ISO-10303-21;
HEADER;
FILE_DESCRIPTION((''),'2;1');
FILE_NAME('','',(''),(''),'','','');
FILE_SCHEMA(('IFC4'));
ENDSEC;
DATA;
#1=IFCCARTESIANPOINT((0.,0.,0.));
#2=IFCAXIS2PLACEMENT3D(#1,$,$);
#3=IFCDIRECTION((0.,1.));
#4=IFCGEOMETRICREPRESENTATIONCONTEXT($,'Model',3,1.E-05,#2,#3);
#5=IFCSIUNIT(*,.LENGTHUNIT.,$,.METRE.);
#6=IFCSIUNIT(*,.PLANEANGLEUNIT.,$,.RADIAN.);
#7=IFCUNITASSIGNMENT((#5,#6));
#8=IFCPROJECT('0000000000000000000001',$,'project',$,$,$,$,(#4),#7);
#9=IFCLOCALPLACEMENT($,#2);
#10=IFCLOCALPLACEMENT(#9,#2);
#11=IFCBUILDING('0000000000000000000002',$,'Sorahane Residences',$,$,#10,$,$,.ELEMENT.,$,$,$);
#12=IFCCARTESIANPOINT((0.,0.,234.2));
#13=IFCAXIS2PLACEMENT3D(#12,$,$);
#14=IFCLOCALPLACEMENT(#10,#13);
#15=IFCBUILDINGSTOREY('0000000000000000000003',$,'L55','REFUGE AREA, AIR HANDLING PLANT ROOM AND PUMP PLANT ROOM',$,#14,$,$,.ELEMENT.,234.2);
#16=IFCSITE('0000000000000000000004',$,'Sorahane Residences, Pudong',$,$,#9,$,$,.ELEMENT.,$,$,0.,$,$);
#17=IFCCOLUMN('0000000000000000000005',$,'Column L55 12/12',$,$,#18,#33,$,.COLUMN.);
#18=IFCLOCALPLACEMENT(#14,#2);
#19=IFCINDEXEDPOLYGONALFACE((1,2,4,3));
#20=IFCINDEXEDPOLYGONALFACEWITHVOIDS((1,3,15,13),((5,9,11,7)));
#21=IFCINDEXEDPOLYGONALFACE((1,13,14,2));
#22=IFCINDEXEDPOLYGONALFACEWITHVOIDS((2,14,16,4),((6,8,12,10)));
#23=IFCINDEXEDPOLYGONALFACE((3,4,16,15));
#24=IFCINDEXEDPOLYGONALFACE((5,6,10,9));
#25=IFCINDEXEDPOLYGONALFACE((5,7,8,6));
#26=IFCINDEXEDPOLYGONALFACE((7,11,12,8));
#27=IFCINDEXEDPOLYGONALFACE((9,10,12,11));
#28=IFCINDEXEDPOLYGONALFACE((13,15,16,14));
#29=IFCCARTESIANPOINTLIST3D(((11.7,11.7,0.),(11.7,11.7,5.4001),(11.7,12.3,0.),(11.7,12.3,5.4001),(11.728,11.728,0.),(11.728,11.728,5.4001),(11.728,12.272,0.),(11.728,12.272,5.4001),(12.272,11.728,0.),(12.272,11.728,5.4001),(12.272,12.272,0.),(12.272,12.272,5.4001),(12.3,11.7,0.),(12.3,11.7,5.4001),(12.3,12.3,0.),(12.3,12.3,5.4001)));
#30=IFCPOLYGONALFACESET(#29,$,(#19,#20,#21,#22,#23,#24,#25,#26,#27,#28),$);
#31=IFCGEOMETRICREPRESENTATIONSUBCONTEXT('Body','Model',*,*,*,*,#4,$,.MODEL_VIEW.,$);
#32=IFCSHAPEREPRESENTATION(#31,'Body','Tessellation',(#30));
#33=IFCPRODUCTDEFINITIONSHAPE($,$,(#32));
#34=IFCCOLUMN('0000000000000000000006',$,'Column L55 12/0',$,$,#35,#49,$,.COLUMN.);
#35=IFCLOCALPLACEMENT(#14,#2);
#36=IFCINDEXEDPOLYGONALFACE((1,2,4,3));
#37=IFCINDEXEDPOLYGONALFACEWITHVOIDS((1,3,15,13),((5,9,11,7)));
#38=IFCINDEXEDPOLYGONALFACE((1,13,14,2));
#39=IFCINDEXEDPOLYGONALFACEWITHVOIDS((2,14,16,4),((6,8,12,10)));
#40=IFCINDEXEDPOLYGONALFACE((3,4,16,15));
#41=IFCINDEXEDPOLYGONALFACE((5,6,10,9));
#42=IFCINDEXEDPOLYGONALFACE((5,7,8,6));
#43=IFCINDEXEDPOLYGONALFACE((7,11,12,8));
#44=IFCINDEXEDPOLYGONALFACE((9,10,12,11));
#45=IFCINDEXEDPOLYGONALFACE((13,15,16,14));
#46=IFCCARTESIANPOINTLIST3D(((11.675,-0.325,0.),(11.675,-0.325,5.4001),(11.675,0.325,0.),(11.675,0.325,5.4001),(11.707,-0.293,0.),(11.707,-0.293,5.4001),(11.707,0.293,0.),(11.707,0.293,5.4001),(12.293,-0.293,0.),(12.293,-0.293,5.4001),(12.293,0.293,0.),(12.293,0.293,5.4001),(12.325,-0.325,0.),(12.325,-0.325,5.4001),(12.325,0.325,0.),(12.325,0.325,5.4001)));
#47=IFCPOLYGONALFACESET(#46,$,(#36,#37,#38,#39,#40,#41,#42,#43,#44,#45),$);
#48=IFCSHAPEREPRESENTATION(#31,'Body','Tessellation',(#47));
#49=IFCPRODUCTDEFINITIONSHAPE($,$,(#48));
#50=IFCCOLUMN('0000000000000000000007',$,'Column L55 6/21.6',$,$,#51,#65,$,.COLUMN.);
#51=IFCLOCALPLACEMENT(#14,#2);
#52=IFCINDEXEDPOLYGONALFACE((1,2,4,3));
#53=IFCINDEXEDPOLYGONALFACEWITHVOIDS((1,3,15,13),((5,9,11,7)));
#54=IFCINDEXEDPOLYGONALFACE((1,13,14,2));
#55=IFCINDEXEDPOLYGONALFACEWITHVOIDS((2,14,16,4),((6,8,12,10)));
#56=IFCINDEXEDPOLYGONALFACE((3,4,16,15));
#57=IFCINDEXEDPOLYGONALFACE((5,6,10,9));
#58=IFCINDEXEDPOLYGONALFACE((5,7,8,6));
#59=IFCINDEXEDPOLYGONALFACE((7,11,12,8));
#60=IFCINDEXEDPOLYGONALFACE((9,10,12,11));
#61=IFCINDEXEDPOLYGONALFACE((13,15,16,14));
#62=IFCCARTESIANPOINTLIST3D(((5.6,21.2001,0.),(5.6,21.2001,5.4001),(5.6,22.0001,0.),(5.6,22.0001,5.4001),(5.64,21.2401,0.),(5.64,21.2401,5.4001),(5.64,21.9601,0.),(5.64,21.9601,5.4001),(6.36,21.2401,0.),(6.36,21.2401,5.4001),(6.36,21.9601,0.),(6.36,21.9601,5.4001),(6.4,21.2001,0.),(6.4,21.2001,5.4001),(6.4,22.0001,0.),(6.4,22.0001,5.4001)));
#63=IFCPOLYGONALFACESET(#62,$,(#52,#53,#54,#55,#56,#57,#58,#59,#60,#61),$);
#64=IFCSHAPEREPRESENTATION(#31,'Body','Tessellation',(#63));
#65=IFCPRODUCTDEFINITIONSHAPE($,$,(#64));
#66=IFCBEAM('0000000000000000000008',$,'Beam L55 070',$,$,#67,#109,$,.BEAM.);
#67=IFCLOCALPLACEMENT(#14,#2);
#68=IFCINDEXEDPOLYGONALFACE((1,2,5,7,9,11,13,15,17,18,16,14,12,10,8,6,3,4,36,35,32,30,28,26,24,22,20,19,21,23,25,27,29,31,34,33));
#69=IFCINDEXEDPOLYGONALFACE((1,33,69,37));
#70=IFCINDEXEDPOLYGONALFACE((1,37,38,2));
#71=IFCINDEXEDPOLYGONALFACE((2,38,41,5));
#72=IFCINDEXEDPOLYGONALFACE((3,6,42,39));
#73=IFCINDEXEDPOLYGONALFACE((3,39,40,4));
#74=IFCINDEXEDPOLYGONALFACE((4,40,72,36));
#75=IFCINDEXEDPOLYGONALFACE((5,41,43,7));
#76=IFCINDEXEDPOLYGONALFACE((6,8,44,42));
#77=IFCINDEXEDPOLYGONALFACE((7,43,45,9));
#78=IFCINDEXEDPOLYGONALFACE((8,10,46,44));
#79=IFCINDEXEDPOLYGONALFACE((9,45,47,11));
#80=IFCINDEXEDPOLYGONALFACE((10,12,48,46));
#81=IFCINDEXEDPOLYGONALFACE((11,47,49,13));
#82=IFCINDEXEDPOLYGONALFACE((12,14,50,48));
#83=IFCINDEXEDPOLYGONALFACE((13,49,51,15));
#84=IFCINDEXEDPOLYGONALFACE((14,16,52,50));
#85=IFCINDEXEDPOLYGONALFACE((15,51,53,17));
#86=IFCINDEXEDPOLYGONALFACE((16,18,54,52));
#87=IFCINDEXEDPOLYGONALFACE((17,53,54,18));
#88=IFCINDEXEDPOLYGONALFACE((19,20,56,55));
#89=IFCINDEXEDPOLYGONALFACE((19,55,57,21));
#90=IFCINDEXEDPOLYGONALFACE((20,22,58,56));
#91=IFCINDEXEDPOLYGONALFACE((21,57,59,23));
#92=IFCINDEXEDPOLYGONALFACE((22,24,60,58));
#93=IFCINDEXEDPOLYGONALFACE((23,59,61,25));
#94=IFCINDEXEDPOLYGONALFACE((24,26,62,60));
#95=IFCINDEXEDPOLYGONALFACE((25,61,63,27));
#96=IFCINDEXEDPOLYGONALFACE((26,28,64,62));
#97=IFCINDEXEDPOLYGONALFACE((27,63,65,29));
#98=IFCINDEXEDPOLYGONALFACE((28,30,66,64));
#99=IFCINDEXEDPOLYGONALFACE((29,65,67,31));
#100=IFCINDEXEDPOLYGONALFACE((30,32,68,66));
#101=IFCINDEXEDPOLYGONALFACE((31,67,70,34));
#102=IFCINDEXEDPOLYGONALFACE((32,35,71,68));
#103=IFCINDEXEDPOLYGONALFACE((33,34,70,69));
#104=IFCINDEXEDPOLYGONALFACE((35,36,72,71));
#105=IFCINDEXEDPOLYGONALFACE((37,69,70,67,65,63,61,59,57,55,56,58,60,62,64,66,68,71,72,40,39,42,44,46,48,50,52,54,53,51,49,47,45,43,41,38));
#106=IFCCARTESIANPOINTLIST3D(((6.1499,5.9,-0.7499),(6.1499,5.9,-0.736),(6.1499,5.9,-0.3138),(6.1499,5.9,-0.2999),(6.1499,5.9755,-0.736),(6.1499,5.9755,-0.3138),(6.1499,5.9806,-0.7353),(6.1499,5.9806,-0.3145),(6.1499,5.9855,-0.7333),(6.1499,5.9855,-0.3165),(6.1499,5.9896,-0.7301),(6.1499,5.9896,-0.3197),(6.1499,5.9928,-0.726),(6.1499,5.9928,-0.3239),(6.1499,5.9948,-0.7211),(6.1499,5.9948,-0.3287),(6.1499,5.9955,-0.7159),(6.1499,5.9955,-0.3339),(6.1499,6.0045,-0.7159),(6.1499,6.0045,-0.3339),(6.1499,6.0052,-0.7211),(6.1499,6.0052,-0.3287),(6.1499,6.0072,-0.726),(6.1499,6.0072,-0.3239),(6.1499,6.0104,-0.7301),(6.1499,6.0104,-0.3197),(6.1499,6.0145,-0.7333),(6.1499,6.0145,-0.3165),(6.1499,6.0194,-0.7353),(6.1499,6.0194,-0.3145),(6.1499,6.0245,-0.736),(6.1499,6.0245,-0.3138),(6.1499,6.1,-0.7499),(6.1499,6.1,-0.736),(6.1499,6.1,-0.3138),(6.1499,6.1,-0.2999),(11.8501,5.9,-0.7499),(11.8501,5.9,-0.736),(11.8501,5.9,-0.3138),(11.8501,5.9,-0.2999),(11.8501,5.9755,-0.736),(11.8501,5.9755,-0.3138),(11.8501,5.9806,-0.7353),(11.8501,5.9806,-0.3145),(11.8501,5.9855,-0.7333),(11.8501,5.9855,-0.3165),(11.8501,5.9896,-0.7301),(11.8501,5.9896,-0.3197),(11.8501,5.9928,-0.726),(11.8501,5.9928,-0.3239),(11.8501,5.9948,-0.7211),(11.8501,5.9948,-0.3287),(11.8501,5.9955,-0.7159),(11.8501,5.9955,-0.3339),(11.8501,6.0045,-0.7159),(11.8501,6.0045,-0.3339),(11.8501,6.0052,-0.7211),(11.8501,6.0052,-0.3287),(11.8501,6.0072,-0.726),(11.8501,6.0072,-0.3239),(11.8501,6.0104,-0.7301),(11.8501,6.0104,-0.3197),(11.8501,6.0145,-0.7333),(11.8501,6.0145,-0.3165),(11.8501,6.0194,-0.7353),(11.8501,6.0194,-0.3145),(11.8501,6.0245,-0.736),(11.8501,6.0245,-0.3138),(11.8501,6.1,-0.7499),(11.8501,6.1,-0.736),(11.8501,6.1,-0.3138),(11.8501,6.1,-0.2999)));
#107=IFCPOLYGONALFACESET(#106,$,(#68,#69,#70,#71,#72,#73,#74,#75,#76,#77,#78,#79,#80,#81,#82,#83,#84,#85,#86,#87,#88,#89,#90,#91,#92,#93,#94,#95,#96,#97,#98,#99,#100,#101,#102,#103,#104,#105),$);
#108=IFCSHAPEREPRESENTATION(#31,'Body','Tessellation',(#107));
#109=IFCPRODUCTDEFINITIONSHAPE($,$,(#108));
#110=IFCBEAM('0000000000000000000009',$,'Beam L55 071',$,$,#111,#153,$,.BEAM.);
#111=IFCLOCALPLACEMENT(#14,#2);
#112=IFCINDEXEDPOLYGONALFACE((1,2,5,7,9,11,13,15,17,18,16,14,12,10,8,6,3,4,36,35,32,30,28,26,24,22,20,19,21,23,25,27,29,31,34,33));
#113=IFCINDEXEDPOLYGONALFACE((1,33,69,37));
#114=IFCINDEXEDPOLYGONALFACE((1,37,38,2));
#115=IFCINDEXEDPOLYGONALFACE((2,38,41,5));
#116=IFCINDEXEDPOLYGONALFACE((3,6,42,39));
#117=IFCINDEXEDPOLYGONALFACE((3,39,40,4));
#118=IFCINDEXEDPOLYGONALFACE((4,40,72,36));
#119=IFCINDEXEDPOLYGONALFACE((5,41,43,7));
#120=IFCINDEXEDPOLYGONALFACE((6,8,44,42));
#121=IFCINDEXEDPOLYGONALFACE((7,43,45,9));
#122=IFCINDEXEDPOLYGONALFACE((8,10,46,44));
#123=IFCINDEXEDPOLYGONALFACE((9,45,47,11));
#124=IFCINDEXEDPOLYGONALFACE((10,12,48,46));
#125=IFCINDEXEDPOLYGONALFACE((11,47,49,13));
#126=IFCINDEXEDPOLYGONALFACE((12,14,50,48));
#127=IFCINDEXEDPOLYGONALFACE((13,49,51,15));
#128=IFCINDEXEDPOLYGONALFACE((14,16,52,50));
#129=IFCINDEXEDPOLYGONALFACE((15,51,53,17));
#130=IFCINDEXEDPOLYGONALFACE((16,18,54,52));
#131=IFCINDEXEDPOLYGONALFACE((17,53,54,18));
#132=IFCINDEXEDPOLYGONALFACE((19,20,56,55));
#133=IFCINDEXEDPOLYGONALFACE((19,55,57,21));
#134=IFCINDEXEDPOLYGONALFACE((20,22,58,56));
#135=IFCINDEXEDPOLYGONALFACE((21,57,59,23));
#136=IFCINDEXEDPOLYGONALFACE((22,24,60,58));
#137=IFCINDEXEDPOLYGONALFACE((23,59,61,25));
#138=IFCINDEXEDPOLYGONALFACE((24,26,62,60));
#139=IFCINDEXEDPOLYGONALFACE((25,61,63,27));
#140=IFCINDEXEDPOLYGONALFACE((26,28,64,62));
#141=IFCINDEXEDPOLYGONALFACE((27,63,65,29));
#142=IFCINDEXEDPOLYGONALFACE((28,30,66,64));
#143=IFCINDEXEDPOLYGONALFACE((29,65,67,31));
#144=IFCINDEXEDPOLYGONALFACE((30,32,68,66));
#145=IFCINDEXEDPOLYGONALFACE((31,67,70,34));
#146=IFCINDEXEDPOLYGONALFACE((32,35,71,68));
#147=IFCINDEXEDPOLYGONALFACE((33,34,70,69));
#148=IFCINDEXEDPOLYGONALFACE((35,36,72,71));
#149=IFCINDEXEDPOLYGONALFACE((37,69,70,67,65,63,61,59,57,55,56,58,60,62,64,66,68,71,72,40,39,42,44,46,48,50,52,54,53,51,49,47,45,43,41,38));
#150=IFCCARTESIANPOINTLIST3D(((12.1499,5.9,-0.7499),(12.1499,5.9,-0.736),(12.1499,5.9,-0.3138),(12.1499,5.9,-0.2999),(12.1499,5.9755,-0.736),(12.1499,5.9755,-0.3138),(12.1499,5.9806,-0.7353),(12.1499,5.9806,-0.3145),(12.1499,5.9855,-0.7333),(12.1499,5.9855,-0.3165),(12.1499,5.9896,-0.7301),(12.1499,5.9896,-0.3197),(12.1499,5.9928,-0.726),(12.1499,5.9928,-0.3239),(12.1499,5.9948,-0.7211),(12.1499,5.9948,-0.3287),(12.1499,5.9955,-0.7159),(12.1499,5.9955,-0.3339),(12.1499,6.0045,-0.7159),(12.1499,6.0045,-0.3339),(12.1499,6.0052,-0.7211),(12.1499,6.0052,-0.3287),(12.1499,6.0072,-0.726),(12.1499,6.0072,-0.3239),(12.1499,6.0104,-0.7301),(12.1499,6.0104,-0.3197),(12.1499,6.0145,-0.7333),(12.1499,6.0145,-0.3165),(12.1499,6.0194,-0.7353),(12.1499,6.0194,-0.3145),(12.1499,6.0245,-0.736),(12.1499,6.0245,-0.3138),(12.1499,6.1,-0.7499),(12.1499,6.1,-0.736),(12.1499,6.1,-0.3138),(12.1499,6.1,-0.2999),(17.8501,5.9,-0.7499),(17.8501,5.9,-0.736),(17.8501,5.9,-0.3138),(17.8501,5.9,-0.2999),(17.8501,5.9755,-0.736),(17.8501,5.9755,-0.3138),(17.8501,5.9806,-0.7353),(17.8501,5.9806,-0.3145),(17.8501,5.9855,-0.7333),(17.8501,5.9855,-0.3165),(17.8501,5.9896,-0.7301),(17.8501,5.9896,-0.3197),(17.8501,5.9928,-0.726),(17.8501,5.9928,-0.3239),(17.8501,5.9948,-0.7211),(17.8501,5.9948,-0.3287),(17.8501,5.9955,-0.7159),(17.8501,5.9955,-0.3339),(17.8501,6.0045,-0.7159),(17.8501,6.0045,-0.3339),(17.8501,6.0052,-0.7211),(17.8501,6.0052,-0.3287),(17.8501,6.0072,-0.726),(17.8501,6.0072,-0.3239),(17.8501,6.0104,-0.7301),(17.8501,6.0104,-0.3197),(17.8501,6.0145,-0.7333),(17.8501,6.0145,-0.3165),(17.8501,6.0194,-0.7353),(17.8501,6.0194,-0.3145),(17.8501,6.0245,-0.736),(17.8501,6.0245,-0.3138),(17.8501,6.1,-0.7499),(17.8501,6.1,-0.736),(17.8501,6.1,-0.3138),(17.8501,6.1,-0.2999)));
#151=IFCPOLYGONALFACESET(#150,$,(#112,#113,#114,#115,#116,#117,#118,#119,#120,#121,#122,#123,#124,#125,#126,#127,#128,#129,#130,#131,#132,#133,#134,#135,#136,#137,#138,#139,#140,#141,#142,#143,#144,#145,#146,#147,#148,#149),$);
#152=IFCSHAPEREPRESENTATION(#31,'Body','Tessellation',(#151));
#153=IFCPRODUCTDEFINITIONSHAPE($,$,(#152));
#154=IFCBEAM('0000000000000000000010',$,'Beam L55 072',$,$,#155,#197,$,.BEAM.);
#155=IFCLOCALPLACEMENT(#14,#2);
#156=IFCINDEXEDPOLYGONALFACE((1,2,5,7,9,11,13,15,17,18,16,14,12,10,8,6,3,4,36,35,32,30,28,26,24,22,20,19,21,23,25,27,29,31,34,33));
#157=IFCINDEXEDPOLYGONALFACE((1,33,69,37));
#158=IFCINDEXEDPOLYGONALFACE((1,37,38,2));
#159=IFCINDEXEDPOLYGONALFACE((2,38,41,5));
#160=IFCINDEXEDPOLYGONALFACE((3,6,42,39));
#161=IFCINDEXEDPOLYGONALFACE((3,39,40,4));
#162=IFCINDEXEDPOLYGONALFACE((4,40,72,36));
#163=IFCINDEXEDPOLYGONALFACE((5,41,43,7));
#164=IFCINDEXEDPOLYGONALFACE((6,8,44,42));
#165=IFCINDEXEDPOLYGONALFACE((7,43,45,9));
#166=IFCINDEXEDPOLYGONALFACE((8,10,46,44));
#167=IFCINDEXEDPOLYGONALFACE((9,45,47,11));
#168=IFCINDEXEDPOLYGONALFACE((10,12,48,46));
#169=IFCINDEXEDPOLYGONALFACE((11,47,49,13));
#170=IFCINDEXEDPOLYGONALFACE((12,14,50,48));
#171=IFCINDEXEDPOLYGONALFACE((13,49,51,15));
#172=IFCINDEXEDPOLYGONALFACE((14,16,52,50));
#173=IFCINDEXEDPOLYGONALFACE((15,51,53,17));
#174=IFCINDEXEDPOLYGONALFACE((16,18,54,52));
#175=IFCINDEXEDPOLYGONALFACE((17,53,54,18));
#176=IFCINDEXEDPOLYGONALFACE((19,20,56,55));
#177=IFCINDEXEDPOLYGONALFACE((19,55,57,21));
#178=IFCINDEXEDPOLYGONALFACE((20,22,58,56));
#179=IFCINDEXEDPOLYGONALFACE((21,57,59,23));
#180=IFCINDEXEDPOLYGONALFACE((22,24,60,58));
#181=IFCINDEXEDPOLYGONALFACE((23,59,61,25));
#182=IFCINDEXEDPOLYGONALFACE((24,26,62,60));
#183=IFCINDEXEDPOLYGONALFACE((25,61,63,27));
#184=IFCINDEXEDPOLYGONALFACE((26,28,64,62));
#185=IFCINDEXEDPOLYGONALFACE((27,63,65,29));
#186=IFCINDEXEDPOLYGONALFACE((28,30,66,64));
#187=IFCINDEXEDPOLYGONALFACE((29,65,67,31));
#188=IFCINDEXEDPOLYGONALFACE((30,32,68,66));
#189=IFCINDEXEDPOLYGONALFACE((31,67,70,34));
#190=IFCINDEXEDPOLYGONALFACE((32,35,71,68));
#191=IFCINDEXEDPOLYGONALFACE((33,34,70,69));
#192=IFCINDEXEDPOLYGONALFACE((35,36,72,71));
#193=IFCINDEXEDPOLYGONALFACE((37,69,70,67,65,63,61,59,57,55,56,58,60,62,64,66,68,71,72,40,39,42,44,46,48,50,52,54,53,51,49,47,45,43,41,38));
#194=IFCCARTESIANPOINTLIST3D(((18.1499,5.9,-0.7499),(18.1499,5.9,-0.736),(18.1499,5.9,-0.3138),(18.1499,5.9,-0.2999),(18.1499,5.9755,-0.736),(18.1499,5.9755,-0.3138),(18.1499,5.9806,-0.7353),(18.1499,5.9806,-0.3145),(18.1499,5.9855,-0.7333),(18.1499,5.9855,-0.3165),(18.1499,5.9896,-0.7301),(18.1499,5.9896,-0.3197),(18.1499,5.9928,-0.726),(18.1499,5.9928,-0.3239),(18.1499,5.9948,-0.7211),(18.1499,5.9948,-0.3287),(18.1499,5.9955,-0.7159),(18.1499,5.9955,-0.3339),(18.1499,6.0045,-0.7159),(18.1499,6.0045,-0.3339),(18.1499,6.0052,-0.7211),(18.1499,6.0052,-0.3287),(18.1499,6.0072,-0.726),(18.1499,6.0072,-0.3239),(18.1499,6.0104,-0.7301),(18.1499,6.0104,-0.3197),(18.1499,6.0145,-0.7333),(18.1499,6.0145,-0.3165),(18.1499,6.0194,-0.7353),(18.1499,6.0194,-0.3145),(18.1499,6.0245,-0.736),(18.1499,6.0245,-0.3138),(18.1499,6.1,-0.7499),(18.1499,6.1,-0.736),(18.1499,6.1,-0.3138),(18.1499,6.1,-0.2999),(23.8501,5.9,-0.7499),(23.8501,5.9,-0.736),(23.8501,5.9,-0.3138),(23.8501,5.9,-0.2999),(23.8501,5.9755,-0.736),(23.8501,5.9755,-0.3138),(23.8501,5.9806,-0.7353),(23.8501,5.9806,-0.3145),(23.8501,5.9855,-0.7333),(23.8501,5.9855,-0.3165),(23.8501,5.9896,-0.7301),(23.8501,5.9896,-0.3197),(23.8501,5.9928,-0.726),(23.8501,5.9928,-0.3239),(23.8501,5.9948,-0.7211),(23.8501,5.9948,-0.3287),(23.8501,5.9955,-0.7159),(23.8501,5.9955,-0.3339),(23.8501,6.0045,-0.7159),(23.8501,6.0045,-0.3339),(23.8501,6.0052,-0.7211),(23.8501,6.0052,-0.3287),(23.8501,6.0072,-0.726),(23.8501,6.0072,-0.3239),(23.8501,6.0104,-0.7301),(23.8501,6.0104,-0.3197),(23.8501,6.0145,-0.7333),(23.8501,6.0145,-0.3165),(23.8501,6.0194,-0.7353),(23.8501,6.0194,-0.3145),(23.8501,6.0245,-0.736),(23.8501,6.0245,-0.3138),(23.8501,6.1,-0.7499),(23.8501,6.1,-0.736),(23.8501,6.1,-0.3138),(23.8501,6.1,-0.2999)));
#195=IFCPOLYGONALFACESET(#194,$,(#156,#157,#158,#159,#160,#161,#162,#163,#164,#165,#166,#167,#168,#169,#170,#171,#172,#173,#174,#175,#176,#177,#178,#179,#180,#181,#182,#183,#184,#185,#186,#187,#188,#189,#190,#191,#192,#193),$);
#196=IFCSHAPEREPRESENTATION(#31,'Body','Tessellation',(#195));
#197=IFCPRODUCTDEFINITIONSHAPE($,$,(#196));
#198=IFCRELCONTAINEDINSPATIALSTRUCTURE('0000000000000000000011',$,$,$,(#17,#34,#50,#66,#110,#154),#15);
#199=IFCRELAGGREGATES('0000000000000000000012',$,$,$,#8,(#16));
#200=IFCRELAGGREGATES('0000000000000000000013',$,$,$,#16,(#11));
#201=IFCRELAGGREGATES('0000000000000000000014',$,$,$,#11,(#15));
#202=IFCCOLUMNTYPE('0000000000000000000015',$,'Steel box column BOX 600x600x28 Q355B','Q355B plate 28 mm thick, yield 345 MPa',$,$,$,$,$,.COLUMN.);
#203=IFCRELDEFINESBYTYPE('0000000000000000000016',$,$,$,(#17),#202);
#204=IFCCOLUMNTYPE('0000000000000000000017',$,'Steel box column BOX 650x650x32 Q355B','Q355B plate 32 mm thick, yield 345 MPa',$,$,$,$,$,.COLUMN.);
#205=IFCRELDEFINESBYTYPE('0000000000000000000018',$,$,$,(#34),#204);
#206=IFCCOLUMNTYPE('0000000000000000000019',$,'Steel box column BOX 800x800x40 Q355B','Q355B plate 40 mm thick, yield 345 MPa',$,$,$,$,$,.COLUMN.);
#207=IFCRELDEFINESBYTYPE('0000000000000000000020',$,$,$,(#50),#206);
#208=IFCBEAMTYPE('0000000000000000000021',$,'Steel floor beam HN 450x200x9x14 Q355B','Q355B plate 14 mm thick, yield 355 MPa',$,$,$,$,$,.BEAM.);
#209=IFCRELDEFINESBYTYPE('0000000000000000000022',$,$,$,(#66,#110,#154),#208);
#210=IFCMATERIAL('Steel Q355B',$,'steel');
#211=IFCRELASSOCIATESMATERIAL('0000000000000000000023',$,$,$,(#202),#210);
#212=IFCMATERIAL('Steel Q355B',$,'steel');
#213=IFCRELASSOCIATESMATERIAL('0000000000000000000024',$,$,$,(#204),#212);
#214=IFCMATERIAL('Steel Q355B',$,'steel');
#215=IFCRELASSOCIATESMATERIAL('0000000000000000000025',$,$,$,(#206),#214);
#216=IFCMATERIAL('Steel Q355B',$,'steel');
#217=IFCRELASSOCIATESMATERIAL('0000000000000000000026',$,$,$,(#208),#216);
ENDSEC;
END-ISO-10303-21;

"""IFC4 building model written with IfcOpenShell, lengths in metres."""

from ifc_helpers import new_model, si_unit, direction, frame, origin, origin_2d, place, context, subcontext, project, spatial, hollow_rectangle, i_section, extrude, material, material_profile, profile_set, type_object, element, save


model = new_model("IFC4")

# Units and contexts
model_context = context("Model", 3, precision=1e-05, world=origin(), true_north=direction((0.0, 1.0)))
body_context = subcontext(model_context, "Body", "Model", "MODEL_VIEW")
ifc_project = project(units=[si_unit("LENGTHUNIT", "METRE"), si_unit("PLANEANGLEUNIT", "RADIAN")], contexts=[model_context])

# Site, building, storey
site_placement = place(None, origin())
site = spatial("IfcSite", under=ifc_project, at=site_placement, Name="Sorahane Residences, Pudong", CompositionType="ELEMENT", RefElevation=0.0)
building_placement = place(site_placement, origin())
building = spatial("IfcBuilding", under=site, at=building_placement, Name="Sorahane Residences", CompositionType="ELEMENT")
storey_placement = place(building_placement, frame((0.0, 0.0, 234.2)))
storey = spatial("IfcBuildingStorey", under=building, at=storey_placement, Name="L55", Description="REFUGE AREA, AIR HANDLING PLANT ROOM AND PUMP PLANT ROOM", CompositionType="ELEMENT", Elevation=234.2)

# Columns
ifc_material_1 = material(Name="Steel Q355B", Category="steel")
ifc_material_profile_1 = material_profile(ifc_material_1, hollow_rectangle(XDim=0.6001, YDim=0.6001, WallThickness=0.0281, at=origin_2d()), Name="BOX 600x600x28")
ifc_profile_set_1 = profile_set([ifc_material_profile_1], Name="Steel Q355B")
column_type_1 = type_object("IfcColumnType", Name="Steel box column BOX 600x600x28 Q355B", Description="Q355B plate 28 mm thick, yield 345 MPa", PredefinedType="COLUMN", material=ifc_profile_set_1)
column_1_placement = place(storey_placement, frame((12.0, 12.0, 0.0), z_axis=(0.0, 0.0, 1.0), x_axis=(1.0, 0.0, 0.0)))
element("IfcColumn", 1, at=column_1_placement, inside=storey, type_object=column_type_1, Name="Column L55 12/12", PredefinedType="COLUMN", context=body_context, shape_type="SweptSolid", body=[
    extrude(hollow_rectangle(XDim=0.6001, YDim=0.6001, WallThickness=0.0281, at=origin_2d()), origin(), (0.0, 0.0, 1.0), 5.4001),
])
ifc_material_2 = material(Name="Steel Q355B", Category="steel")
ifc_material_profile_2 = material_profile(ifc_material_2, hollow_rectangle(XDim=0.6499, YDim=0.6499, WallThickness=0.032, at=origin_2d()), Name="BOX 650x650x32")
ifc_profile_set_2 = profile_set([ifc_material_profile_2], Name="Steel Q355B")
column_type_2 = type_object("IfcColumnType", Name="Steel box column BOX 650x650x32 Q355B", Description="Q355B plate 32 mm thick, yield 345 MPa", PredefinedType="COLUMN", material=ifc_profile_set_2)
column_2_placement = place(storey_placement, frame((12.0, 0.0, 0.0), z_axis=(0.0, 0.0, 1.0), x_axis=(1.0, 0.0, 0.0)))
element("IfcColumn", 2, at=column_2_placement, inside=storey, type_object=column_type_2, Name="Column L55 12/0", PredefinedType="COLUMN", context=body_context, shape_type="SweptSolid", body=[
    extrude(hollow_rectangle(XDim=0.6499, YDim=0.6499, WallThickness=0.032, at=origin_2d()), origin(), (0.0, 0.0, 1.0), 5.4001),
])
ifc_material_3 = material(Name="Steel Q355B", Category="steel")
ifc_material_profile_3 = material_profile(ifc_material_3, hollow_rectangle(XDim=0.8, YDim=0.8, WallThickness=0.04, at=origin_2d()), Name="BOX 800x800x40")
ifc_profile_set_3 = profile_set([ifc_material_profile_3], Name="Steel Q355B")
column_type_3 = type_object("IfcColumnType", Name="Steel box column BOX 800x800x40 Q355B", Description="Q355B plate 40 mm thick, yield 345 MPa", PredefinedType="COLUMN", material=ifc_profile_set_3)
column_3_placement = place(storey_placement, frame((6.0, 21.6001, 0.0), z_axis=(0.0, 0.0, 1.0), x_axis=(1.0, 0.0, 0.0)))
element("IfcColumn", 3, at=column_3_placement, inside=storey, type_object=column_type_3, Name="Column L55 6/21.6", PredefinedType="COLUMN", context=body_context, shape_type="SweptSolid", body=[
    extrude(hollow_rectangle(XDim=0.8, YDim=0.8, WallThickness=0.04, at=origin_2d()), origin(), (0.0, 0.0, 1.0), 5.4001),
])

# Beams
ifc_material_4 = material(Name="Steel Q355B", Category="steel")
ifc_material_profile_4 = material_profile(ifc_material_4, i_section(OverallWidth=0.2, OverallDepth=0.45, WebThickness=0.009, FlangeThickness=0.0139, FilletRadius=0.02, at=origin_2d()), Name="HN 450x200x9x14")
ifc_profile_set_4 = profile_set([ifc_material_profile_4], Name="Steel Q355B")
beam_type_1 = type_object("IfcBeamType", Name="Steel floor beam HN 450x200x9x14 Q355B", Description="Q355B plate 14 mm thick, yield 355 MPa", PredefinedType="BEAM", material=ifc_profile_set_4)
for number, where, z_axis, x_axis, name in (
    (4, (6.1499, 6.0, -0.5249), (1.0, 0.0, 0.0), (0.0, 1.0, 0.0), "Beam L55 070"),
    (5, (12.1499, 6.0, -0.5249), (1.0, 0.0, 0.0), (0.0, 1.0, 0.0), "Beam L55 071"),
    (6, (18.1499, 6.0, -0.5249), (1.0, 0.0, 0.0), (0.0, 1.0, 0.0), "Beam L55 072"),
):
    element("IfcBeam", number, at=place(storey_placement, frame(where, z_axis=z_axis, x_axis=x_axis)), inside=storey, type_object=beam_type_1, Name=name, PredefinedType="BEAM", context=body_context, shape_type="SweptSolid", body=[
        extrude(i_section(OverallWidth=0.2, OverallDepth=0.45, WebThickness=0.009, FlangeThickness=0.0139, FilletRadius=0.02, at=origin_2d()), origin(), (0.0, 0.0, 1.0), 5.7002),
    ])

save(model, "model.ifc")
